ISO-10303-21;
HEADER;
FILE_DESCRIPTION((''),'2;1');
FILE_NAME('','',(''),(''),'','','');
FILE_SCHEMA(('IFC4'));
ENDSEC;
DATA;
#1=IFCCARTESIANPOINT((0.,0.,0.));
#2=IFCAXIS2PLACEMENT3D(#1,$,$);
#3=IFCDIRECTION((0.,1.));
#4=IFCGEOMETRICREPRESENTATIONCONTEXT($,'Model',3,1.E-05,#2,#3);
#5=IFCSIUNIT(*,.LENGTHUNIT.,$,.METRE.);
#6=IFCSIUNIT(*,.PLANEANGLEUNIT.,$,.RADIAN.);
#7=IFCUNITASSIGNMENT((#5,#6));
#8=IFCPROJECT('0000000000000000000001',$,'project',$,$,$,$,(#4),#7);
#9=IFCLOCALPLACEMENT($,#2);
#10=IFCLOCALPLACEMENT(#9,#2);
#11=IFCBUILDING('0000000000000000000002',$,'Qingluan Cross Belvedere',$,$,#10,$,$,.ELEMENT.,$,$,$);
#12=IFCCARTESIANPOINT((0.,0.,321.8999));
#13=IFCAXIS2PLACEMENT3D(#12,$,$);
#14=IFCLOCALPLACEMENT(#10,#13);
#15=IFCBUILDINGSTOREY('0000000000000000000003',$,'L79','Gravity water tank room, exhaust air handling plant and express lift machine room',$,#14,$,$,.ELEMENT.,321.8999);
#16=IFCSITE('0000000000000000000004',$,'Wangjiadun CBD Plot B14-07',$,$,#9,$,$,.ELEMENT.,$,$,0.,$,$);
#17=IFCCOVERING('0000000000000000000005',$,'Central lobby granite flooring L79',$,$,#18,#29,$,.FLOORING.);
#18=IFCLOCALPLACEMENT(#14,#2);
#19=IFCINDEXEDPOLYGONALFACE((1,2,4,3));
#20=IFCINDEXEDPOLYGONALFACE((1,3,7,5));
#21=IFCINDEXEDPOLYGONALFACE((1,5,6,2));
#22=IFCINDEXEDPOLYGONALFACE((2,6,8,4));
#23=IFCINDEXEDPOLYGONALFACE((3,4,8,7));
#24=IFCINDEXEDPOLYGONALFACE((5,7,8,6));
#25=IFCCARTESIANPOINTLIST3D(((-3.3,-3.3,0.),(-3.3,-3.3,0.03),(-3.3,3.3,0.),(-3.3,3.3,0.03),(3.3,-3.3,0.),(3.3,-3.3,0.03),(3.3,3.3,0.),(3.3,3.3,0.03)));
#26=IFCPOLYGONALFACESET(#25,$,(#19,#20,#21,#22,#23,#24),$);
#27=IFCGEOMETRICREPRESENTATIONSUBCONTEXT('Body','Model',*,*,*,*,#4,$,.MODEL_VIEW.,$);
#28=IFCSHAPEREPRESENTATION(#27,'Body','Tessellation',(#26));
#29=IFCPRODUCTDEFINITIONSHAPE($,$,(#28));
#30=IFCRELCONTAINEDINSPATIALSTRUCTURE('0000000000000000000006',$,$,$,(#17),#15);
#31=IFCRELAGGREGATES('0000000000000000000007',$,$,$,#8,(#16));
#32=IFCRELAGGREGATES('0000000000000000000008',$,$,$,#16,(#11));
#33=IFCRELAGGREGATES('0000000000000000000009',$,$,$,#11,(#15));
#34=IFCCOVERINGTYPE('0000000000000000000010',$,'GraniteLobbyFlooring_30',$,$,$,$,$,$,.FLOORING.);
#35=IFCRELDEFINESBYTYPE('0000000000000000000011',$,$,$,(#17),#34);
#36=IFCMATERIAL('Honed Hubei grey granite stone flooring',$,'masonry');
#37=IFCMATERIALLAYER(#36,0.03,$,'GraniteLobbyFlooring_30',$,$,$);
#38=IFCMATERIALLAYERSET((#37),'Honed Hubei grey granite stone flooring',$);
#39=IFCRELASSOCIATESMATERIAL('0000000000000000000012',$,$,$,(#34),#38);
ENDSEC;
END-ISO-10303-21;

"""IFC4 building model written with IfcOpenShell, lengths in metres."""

from ifc_helpers import new_model, si_unit, direction, frame, origin, origin_with_axes, origin_2d, place, context, subcontext, project, spatial, rectangle, extrude, material, layer, layer_set, type_object, element, save


model = new_model("IFC4")

# Units and contexts
model_context = context("Model", 3, precision=1e-05, world=origin(), true_north=direction((0.0, 1.0)))
body_context = subcontext(model_context, "Body", "Model", "MODEL_VIEW")
ifc_project = project(units=[si_unit("LENGTHUNIT", "METRE"), si_unit("PLANEANGLEUNIT", "RADIAN")], contexts=[model_context])

# Site, building, storey
site_placement = place(None, origin())
site = spatial("IfcSite", under=ifc_project, at=site_placement, Name="Wangjiadun CBD Plot B14-07", CompositionType="ELEMENT", RefElevation=0.0)
building_placement = place(site_placement, origin())
building = spatial("IfcBuilding", under=site, at=building_placement, Name="Qingluan Cross Belvedere", CompositionType="ELEMENT")
storey_placement = place(building_placement, frame((0.0, 0.0, 321.8999)))
storey = spatial("IfcBuildingStorey", under=building, at=storey_placement, Name="L79", Description="Gravity water tank room, exhaust air handling plant and express lift machine room", CompositionType="ELEMENT", Elevation=321.8999)

# Covering
ifc_material_1 = material(Name="Honed Hubei grey granite stone flooring", Category="masonry")
ifc_layer_1 = layer(ifc_material_1, 0.03, Name="GraniteLobbyFlooring_30")
ifc_layer_set_1 = layer_set([ifc_layer_1], Name="Honed Hubei grey granite stone flooring")
covering_type_1 = type_object("IfcCoveringType", Name="GraniteLobbyFlooring_30", PredefinedType="FLOORING", material=ifc_layer_set_1)
covering_1_placement = place(storey_placement, origin_with_axes())
element("IfcCovering", 1, at=covering_1_placement, inside=storey, type_object=covering_type_1, Name="Central lobby granite flooring L79", PredefinedType="FLOORING", context=body_context, shape_type="SweptSolid", body=[
    extrude(rectangle(XDim=6.6001, YDim=6.6001, at=origin_2d()), origin(), (0.0, 0.0, 1.0), 0.03),
])

save(model, "model.ifc")
